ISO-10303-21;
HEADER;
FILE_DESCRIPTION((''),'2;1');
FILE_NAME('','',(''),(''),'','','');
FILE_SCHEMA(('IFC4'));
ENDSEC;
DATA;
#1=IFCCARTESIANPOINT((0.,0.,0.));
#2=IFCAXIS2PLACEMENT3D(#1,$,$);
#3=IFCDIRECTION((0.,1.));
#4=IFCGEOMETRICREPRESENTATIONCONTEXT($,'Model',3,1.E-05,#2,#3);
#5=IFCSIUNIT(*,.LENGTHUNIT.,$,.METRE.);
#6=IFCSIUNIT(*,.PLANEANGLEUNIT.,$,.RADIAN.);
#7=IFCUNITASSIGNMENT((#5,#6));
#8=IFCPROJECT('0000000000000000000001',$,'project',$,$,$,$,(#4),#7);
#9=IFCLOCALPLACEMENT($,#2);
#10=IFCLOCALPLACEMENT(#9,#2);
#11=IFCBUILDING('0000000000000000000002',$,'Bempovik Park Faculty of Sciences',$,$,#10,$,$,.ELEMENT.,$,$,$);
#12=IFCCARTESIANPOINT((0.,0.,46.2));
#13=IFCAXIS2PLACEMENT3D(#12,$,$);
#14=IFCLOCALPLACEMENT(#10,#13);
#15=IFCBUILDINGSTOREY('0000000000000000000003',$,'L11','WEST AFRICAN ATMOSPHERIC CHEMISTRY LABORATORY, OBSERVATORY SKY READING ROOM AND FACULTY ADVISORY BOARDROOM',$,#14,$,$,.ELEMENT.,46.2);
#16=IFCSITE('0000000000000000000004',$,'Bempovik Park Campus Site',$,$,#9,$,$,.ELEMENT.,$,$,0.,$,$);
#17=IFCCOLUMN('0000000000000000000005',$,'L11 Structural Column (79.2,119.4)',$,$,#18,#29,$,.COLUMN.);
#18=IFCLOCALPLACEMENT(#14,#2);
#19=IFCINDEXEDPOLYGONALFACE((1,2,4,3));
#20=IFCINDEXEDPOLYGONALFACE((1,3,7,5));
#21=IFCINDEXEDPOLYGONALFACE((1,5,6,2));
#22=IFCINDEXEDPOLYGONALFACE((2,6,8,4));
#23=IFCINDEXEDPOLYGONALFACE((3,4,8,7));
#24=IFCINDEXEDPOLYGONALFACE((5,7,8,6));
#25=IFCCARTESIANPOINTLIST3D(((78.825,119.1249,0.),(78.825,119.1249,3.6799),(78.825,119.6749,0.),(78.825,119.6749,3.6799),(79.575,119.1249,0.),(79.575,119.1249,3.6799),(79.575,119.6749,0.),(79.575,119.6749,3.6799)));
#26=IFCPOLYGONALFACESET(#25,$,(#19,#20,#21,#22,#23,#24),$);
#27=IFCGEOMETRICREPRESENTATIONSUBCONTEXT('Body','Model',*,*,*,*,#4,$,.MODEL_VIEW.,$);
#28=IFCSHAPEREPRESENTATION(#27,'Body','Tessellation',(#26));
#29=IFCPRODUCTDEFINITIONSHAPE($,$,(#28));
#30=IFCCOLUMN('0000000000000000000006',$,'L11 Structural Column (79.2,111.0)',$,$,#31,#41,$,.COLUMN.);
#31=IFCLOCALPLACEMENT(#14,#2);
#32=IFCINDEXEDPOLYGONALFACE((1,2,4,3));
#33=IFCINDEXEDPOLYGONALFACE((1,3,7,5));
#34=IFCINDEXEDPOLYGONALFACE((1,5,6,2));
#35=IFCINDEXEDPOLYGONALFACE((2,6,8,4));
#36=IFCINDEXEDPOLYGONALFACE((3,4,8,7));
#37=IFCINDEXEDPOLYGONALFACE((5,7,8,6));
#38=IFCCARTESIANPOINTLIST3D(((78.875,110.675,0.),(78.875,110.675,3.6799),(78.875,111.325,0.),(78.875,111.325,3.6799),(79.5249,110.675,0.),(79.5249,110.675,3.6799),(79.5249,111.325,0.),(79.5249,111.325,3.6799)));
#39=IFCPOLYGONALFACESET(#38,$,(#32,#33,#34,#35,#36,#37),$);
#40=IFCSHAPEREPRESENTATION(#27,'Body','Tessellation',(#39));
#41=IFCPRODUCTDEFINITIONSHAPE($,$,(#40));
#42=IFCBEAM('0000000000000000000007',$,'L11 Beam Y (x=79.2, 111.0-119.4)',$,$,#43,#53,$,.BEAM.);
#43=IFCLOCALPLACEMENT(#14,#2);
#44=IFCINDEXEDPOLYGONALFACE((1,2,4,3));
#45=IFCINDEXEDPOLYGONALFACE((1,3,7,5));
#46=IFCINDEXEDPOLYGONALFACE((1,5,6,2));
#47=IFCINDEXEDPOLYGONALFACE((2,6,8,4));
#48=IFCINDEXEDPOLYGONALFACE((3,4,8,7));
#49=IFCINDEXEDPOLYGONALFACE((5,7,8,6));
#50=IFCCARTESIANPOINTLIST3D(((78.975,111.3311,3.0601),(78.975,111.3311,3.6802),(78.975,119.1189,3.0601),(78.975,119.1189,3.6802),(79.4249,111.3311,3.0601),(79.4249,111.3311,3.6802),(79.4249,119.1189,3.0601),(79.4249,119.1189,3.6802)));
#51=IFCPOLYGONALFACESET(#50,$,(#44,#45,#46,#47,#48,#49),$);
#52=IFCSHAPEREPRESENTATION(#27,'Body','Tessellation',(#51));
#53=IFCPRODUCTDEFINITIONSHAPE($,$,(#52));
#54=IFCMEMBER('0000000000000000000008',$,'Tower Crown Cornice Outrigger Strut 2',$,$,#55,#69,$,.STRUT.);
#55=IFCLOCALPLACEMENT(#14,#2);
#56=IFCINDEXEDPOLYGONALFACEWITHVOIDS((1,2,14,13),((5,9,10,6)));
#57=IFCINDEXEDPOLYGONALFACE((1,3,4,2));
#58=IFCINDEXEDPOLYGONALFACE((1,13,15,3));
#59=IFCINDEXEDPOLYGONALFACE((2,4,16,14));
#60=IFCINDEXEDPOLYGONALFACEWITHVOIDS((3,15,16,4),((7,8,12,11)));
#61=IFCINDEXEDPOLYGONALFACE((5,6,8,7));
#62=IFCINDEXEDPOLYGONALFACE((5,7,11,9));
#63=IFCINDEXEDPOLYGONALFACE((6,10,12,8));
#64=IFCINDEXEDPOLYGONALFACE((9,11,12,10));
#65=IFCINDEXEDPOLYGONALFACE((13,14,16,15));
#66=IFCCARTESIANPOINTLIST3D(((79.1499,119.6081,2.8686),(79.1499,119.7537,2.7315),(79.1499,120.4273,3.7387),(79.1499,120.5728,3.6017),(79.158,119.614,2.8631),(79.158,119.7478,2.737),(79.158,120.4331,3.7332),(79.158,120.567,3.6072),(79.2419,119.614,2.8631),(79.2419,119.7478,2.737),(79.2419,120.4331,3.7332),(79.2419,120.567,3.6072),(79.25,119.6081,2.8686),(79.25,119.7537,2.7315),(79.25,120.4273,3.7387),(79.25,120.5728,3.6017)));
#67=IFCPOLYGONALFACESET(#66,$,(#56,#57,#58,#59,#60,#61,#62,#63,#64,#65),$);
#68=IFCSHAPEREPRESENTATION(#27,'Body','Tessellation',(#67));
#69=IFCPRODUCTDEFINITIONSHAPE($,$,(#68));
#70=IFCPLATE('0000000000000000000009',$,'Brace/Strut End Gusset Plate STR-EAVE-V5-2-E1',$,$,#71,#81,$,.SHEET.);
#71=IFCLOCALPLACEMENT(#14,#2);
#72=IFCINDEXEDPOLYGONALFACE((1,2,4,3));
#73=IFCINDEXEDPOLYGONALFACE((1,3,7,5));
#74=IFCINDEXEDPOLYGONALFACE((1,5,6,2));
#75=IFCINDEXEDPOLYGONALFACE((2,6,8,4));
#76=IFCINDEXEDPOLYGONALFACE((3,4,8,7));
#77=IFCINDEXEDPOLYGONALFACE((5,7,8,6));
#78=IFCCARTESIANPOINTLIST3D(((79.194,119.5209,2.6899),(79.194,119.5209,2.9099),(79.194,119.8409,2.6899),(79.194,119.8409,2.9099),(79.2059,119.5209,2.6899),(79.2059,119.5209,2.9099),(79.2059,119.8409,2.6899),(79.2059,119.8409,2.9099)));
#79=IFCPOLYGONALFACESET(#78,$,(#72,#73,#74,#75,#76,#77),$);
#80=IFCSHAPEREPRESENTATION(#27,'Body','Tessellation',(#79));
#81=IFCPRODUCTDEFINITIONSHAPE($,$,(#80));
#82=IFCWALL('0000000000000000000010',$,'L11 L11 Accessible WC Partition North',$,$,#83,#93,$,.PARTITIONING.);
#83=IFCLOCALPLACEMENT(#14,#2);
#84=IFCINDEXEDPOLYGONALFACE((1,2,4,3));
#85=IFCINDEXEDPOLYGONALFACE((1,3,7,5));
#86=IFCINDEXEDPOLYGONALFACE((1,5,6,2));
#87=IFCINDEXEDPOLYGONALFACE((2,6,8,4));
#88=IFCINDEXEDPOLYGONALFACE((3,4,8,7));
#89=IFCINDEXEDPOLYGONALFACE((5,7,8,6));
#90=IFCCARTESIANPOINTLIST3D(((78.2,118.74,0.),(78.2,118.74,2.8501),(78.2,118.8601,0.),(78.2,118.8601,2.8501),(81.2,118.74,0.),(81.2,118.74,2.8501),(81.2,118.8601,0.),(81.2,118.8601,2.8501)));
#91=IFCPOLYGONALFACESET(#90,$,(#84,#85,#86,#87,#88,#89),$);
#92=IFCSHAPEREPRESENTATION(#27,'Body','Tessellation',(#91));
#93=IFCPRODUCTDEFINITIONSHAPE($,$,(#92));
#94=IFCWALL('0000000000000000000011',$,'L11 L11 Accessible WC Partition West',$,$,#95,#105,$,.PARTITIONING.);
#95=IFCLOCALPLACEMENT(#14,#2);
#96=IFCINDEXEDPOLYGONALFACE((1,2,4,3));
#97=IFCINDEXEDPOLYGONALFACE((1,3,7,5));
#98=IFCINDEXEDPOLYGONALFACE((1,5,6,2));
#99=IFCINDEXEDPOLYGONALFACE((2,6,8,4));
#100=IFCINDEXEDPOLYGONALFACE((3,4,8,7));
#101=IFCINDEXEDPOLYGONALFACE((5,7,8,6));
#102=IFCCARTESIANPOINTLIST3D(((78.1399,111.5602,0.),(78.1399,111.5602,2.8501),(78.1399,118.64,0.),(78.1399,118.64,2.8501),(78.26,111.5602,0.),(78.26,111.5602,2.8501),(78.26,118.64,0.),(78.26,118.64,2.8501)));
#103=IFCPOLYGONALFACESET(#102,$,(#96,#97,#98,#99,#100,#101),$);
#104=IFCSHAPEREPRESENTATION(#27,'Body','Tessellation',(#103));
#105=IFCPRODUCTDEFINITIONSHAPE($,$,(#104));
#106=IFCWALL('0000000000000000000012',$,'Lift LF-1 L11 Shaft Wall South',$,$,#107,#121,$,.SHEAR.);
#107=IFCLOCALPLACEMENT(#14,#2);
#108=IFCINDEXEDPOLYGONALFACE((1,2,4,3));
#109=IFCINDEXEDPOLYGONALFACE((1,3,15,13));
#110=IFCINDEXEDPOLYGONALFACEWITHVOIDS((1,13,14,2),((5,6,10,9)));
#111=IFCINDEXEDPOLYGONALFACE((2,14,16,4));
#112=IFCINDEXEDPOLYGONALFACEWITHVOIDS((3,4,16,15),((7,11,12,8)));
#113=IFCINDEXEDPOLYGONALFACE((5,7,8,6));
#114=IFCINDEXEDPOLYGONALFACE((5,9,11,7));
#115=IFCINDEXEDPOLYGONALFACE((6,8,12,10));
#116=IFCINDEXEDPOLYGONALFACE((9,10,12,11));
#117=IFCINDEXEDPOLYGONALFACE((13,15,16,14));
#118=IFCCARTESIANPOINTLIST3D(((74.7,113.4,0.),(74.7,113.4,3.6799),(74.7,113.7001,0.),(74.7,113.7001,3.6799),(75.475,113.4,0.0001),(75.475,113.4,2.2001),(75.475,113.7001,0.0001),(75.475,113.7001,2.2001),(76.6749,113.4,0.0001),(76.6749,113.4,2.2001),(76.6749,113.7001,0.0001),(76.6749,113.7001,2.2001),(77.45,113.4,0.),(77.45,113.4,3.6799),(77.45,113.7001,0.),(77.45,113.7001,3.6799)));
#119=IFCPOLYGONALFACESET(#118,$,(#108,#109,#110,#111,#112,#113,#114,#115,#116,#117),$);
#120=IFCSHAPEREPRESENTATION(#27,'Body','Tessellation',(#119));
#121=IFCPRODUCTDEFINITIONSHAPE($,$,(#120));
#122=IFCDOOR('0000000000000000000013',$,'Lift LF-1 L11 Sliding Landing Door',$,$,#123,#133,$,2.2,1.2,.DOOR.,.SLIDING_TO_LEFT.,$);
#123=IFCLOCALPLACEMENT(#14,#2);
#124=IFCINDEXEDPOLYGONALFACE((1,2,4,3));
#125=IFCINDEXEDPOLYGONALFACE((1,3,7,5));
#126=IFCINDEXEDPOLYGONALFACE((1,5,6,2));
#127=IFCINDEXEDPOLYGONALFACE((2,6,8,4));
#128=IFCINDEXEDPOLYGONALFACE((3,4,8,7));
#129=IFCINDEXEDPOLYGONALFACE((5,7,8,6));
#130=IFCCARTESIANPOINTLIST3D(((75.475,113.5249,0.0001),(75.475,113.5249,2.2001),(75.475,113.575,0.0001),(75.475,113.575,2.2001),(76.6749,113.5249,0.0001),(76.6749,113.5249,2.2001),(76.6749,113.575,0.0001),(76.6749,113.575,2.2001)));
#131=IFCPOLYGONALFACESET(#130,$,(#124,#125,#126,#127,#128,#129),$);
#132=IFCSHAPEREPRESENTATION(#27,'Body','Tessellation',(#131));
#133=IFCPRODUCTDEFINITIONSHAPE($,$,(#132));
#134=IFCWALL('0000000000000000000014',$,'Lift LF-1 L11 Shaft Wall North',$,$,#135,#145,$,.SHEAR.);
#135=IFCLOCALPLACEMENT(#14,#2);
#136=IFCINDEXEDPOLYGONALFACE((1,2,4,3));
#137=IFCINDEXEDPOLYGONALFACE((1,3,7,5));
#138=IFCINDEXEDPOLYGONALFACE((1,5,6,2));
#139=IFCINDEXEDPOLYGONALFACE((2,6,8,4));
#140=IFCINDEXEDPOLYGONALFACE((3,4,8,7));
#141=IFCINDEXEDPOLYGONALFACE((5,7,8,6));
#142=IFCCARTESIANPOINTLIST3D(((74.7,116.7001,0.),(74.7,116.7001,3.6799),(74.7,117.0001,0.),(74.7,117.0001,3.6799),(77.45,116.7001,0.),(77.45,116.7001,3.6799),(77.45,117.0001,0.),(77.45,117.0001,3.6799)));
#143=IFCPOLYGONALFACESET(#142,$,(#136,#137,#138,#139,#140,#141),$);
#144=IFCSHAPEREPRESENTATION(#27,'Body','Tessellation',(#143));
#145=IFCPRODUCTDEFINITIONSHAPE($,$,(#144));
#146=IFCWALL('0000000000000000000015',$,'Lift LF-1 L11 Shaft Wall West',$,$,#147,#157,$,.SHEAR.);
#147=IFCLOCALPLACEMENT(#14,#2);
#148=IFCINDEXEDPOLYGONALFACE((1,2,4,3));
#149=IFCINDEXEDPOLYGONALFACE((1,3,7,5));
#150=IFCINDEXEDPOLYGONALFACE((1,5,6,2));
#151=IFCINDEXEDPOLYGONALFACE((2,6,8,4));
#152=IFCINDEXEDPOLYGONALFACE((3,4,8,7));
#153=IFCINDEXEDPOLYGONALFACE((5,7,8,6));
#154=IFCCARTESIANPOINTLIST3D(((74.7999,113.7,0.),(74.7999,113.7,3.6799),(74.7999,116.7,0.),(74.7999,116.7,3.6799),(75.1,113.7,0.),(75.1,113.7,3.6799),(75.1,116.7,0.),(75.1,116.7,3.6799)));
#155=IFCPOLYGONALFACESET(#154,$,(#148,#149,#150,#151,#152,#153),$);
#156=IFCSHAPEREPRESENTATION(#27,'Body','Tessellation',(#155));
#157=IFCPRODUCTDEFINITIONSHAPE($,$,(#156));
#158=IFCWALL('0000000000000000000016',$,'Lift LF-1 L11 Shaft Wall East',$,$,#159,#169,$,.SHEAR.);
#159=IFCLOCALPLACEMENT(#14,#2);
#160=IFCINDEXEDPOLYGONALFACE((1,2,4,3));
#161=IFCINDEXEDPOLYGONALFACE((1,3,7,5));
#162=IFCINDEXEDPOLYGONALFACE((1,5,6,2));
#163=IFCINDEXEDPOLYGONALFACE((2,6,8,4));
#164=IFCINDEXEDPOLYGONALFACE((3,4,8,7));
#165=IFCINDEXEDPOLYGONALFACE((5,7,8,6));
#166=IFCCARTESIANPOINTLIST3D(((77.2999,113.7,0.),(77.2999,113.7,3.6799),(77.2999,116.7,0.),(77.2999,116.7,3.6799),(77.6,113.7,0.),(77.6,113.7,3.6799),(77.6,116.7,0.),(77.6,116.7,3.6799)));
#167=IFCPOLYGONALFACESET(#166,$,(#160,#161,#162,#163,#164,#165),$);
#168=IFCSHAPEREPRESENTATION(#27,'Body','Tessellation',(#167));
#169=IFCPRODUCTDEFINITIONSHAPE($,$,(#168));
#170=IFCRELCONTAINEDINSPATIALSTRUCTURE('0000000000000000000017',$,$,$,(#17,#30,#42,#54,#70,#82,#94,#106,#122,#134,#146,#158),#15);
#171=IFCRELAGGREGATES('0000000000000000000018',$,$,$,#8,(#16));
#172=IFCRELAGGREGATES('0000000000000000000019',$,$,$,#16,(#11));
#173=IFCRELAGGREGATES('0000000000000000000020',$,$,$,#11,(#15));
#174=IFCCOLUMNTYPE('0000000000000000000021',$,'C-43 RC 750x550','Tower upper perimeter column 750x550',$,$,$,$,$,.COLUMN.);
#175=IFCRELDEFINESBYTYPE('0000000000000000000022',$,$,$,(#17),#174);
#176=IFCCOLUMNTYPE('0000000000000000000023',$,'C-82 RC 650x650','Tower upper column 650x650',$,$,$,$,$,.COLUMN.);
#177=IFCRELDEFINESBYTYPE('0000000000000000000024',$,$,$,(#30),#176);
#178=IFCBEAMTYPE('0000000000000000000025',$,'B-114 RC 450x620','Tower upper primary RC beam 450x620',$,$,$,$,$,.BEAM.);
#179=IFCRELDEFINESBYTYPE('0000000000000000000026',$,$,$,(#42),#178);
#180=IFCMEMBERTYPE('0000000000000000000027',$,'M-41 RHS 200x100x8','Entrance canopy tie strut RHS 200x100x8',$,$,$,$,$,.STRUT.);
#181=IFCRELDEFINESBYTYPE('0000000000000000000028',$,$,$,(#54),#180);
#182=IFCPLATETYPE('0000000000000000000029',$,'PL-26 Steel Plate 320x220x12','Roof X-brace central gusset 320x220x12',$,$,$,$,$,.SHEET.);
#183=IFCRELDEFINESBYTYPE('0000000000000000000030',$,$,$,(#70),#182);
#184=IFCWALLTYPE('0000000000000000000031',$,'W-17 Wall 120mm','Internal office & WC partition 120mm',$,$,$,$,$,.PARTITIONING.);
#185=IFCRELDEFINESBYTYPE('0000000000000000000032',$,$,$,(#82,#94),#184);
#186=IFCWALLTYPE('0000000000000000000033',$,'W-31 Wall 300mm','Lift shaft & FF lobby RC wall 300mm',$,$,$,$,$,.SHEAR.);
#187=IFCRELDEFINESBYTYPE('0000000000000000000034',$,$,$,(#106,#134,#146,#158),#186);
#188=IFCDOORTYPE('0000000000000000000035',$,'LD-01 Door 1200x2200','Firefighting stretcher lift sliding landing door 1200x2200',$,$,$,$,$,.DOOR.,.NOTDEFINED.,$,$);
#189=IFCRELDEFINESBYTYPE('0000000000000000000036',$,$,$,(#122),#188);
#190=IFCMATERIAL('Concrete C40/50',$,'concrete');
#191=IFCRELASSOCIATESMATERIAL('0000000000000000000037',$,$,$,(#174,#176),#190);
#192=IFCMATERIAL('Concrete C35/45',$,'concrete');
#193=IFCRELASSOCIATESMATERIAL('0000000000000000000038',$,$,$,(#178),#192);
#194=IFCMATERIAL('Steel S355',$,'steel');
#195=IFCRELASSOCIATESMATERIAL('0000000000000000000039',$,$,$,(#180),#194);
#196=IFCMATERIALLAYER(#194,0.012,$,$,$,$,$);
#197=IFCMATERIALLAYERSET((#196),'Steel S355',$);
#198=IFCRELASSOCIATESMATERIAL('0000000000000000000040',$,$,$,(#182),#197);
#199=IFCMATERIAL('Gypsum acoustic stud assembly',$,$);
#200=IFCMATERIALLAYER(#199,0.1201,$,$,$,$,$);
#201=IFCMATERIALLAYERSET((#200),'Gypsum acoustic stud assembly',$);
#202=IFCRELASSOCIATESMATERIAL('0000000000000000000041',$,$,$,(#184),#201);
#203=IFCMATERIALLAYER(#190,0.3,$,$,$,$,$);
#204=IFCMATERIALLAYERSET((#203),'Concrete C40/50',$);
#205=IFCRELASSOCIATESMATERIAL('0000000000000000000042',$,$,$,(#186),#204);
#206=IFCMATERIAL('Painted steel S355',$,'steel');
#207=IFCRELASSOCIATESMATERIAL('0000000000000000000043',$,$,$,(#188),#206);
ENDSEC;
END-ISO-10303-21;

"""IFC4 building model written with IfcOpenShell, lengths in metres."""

from ifc_helpers import new_model, si_unit, direction, frame, frame_2d, origin, origin_2d, place, context, subcontext, project, spatial, rectangle, hollow_rectangle, extrude, material, layer, layer_set, material_profile, profile_set, type_object, element, fill, save


model = new_model("IFC4")

# Units and contexts
model_context = context("Model", 3, precision=1e-05, world=origin(), true_north=direction((0.0, 1.0)))
body_context = subcontext(model_context, "Body", "Model", "MODEL_VIEW")
ifc_project = project(units=[si_unit("LENGTHUNIT", "METRE"), si_unit("PLANEANGLEUNIT", "RADIAN")], contexts=[model_context])

# Site, building, storey
site_placement = place(None, origin())
site = spatial("IfcSite", under=ifc_project, at=site_placement, Name="Bempovik Park Campus Site", CompositionType="ELEMENT", RefElevation=0.0)
building_placement = place(site_placement, origin())
building = spatial("IfcBuilding", under=site, at=building_placement, Name="Bempovik Park Faculty of Sciences", CompositionType="ELEMENT")
storey_placement = place(building_placement, frame((0.0, 0.0, 46.2)))
storey = spatial("IfcBuildingStorey", under=building, at=storey_placement, Name="L11", Description="WEST AFRICAN ATMOSPHERIC CHEMISTRY LABORATORY, OBSERVATORY SKY READING ROOM AND FACULTY ADVISORY BOARDROOM", CompositionType="ELEMENT", Elevation=46.2)

# Columns
ifc_material_1 = material(Name="Concrete C40/50", Category="concrete")
ifc_material_profile_1 = material_profile(ifc_material_1, rectangle(XDim=0.75, YDim=0.55, at=origin_2d()), Name="RC 750x550")
ifc_profile_set_1 = profile_set([ifc_material_profile_1], Name="Concrete C40/50")
column_type_1 = type_object("IfcColumnType", Name="C-43 RC 750x550", Description="Tower upper perimeter column 750x550", PredefinedType="COLUMN", material=ifc_profile_set_1)
column_1_placement = place(storey_placement, frame((79.2, 119.3999, 0.0), z_axis=(0.0, 0.0, 1.0), x_axis=(1.0, 0.0, 0.0)))
element("IfcColumn", 1, at=column_1_placement, inside=storey, type_object=column_type_1, Name="L11 Structural Column (79.2,119.4)", PredefinedType="COLUMN", context=body_context, shape_type="SweptSolid", body=[
    extrude(rectangle(XDim=0.75, YDim=0.55, at=origin_2d()), origin(), (0.0, 0.0, 1.0), 3.6799),
])
ifc_material_profile_2 = material_profile(ifc_material_1, rectangle(XDim=0.6499, YDim=0.6499, at=origin_2d()), Name="RC 650x650")
ifc_profile_set_2 = profile_set([ifc_material_profile_2], Name="Concrete C40/50")
column_type_2 = type_object("IfcColumnType", Name="C-82 RC 650x650", Description="Tower upper column 650x650", PredefinedType="COLUMN", material=ifc_profile_set_2)
column_2_placement = place(storey_placement, frame((79.2, 111.0, 0.0), z_axis=(0.0, 0.0, 1.0), x_axis=(1.0, 0.0, 0.0)))
element("IfcColumn", 2, at=column_2_placement, inside=storey, type_object=column_type_2, Name="L11 Structural Column (79.2,111.0)", PredefinedType="COLUMN", context=body_context, shape_type="SweptSolid", body=[
    extrude(rectangle(XDim=0.6499, YDim=0.6499, at=origin_2d()), origin(), (0.0, 0.0, 1.0), 3.6799),
])

# Beam
ifc_material_2 = material(Name="Concrete C35/45", Category="concrete")
ifc_material_profile_3 = material_profile(ifc_material_2, rectangle(XDim=0.45, YDim=0.6201, at=origin_2d()), Name="RC 450x620")
ifc_profile_set_3 = profile_set([ifc_material_profile_3], Name="Concrete C35/45")
beam_type = type_object("IfcBeamType", Name="B-114 RC 450x620", Description="Tower upper primary RC beam 450x620", PredefinedType="BEAM", material=ifc_profile_set_3)
beam_placement = place(storey_placement, frame((79.2, 111.3311, 3.3701), z_axis=(0.0, 1.0, 0.0), x_axis=(-1.0, 0.0, 0.0)))
element("IfcBeam", 3, at=beam_placement, inside=storey, type_object=beam_type, Name="L11 Beam Y (x=79.2, 111.0-119.4)", PredefinedType="BEAM", context=body_context, shape_type="SweptSolid", body=[
    extrude(rectangle(XDim=0.45, YDim=0.6201, at=origin_2d()), origin(), (0.0, 0.0, 1.0), 7.7878),
])

# Member
ifc_material_3 = material(Name="Steel S355", Category="steel")
ifc_material_profile_4 = material_profile(ifc_material_3, hollow_rectangle(XDim=0.1001, YDim=0.2, WallThickness=0.0081, at=origin_2d()), Name="RHS 200x100x8")
ifc_profile_set_4 = profile_set([ifc_material_profile_4], Name="Steel S355")
member_type = type_object("IfcMemberType", Name="M-41 RHS 200x100x8", Description="Entrance canopy tie strut RHS 200x100x8", PredefinedType="STRUT", material=ifc_profile_set_4)
member_placement = place(storey_placement, frame((79.2, 119.6809, 2.8), z_axis=(0.0, 0.685435, 0.728134), x_axis=(-1.0, 0.0, 0.0)))
element("IfcMember", 4, at=member_placement, inside=storey, type_object=member_type, Name="Tower Crown Cornice Outrigger Strut 2", PredefinedType="STRUT", context=body_context, shape_type="SweptSolid", body=[
    extrude(hollow_rectangle(XDim=0.1001, YDim=0.2, WallThickness=0.0081, at=origin_2d()), origin(), (0.0, 0.0, 1.0), 1.1951),
])

# Plate
ifc_layer_1 = layer(ifc_material_3, 0.012)
ifc_layer_set_1 = layer_set([ifc_layer_1], Name="Steel S355")
plate_type = type_object("IfcPlateType", Name="PL-26 Steel Plate 320x220x12", Description="Roof X-brace central gusset 320x220x12", PredefinedType="SHEET", material=ifc_layer_set_1)
plate_placement = place(storey_placement, frame((79.2, 119.6809, 2.6899), z_axis=(0.0, 0.0, 1.0), x_axis=(1.0, 0.0, 0.0)))
element("IfcPlate", 5, at=plate_placement, inside=storey, type_object=plate_type, Name="Brace/Strut End Gusset Plate STR-EAVE-V5-2-E1", PredefinedType="SHEET", context=body_context, shape_type="SweptSolid", body=[
    extrude(rectangle(XDim=0.012, YDim=0.3201, at=origin_2d()), origin(), (0.0, 0.0, 1.0), 0.22),
])

# Shared definitions
ifc_material_4 = material(Name="Gypsum acoustic stud assembly")
ifc_layer_2 = layer(ifc_material_4, 0.1201)
ifc_layer_set_2 = layer_set([ifc_layer_2], Name="Gypsum acoustic stud assembly")
wall_type_1 = type_object("IfcWallType", Name="W-17 Wall 120mm", Description="Internal office & WC partition 120mm", PredefinedType="PARTITIONING", material=ifc_layer_set_2)

# Walls
wall_1_placement = place(storey_placement, frame((78.2, 118.8, 0.0), z_axis=(0.0, 0.0, 1.0), x_axis=(1.0, 0.0, 0.0)))
element("IfcWall", 6, at=wall_1_placement, inside=storey, type_object=wall_type_1, Name="L11 L11 Accessible WC Partition North", PredefinedType="PARTITIONING", context=body_context, shape_type="SweptSolid", body=[
    extrude(rectangle(XDim=3.0, YDim=0.1201, at=frame_2d((1.5, 0.0))), origin(), (0.0, 0.0, 1.0), 2.8501),
])
wall_2_placement = place(storey_placement, frame((78.2, 111.5601, 0.0), z_axis=(0.0, 0.0, 1.0), x_axis=(0.0, 1.0, 0.0)))
element("IfcWall", 7, at=wall_2_placement, inside=storey, type_object=wall_type_1, Name="L11 L11 Accessible WC Partition West", PredefinedType="PARTITIONING", context=body_context, shape_type="SweptSolid", body=[
    extrude(rectangle(XDim=7.0798, YDim=0.1201, at=frame_2d((3.54, 0.0))), origin(), (0.0, 0.0, 1.0), 2.8501),
])

# Wall, opening, door
ifc_layer_3 = layer(ifc_material_1, 0.3)
ifc_layer_set_3 = layer_set([ifc_layer_3], Name="Concrete C40/50")
wall_type_2 = type_object("IfcWallType", Name="W-31 Wall 300mm", Description="Lift shaft & FF lobby RC wall 300mm", PredefinedType="SHEAR", material=ifc_layer_set_3)
wall_3_placement = place(storey_placement, frame((74.7, 113.55, 0.0), z_axis=(0.0, 0.0, 1.0), x_axis=(1.0, 0.0, 0.0)))
wall_3 = element("IfcWall", 8, at=wall_3_placement, inside=storey, type_object=wall_type_2, Name="Lift LF-1 L11 Shaft Wall South", PredefinedType="SHEAR", context=body_context, shape_type="SweptSolid", body=[
    extrude(rectangle(XDim=2.75, YDim=0.3, at=frame_2d((1.375, 0.0))), origin(), (0.0, 0.0, 1.0), 3.6799),
])
opening_1_placement = place(wall_3_placement, frame((0.7749, 0.0, 0.0)))
opening_1 = element("IfcOpeningElement", 9, at=opening_1_placement, cuts=wall_3, PredefinedType="OPENING", context=body_context, shape_type="SweptSolid", body=[
    extrude(rectangle(XDim=1.2, YDim=2.2, at=frame_2d((0.6001, 1.1001))), frame((0.0, 0.1602, 0.0), z_axis=(0.0, -1.0, 0.0), x_axis=(1.0, 0.0, 0.0)), (0.0, 0.0, 1.0), 0.3201),
])
ifc_material_5 = material(Name="Painted steel S355", Category="steel")
door_type_1 = type_object("IfcDoorType", Name="LD-01 Door 1200x2200", Description="Firefighting stretcher lift sliding landing door 1200x2200", OperationType="NOTDEFINED", PredefinedType="DOOR", material=ifc_material_5)
door_1_placement = place(opening_1_placement, origin())
door_1 = element("IfcDoor", 10, at=door_1_placement, inside=storey, type_object=door_type_1, Name="Lift LF-1 L11 Sliding Landing Door", OperationType="SLIDING_TO_LEFT", OverallHeight=2.2, OverallWidth=1.2, PredefinedType="DOOR", context=body_context, shape_type="SweptSolid", body=[
    extrude(rectangle(XDim=1.2, YDim=2.2, at=frame_2d((0.6001, 1.1001))), frame((0.0, 0.0249, 0.0), z_axis=(0.0, -1.0, 0.0), x_axis=(1.0, 0.0, 0.0)), (0.0, 0.0, 1.0), 0.05),
])
fill(opening_1, door_1)

# Walls
wall_4_placement = place(storey_placement, frame((74.7, 116.8501, 0.0), z_axis=(0.0, 0.0, 1.0), x_axis=(1.0, 0.0, 0.0)))
element("IfcWall", 11, at=wall_4_placement, inside=storey, type_object=wall_type_2, Name="Lift LF-1 L11 Shaft Wall North", PredefinedType="SHEAR", context=body_context, shape_type="SweptSolid", body=[
    extrude(rectangle(XDim=2.75, YDim=0.3, at=frame_2d((1.375, 0.0))), origin(), (0.0, 0.0, 1.0), 3.6799),
])
for number, where, z_axis, x_axis, name in (
    (12, (74.95, 113.7, 0.0), (0.0, 0.0, 1.0), (0.0, 1.0, 0.0), "Lift LF-1 L11 Shaft Wall West"),
    (13, (77.45, 113.7, 0.0), (0.0, 0.0, 1.0), (0.0, 1.0, 0.0), "Lift LF-1 L11 Shaft Wall East"),
):
    element("IfcWall", number, at=place(storey_placement, frame(where, z_axis=z_axis, x_axis=x_axis)), inside=storey, type_object=wall_type_2, Name=name, PredefinedType="SHEAR", context=body_context, shape_type="SweptSolid", body=[
        extrude(rectangle(XDim=3.0, YDim=0.3, at=frame_2d((1.5, 0.0))), origin(), (0.0, 0.0, 1.0), 3.6799),
    ])

save(model, "model.ifc")
